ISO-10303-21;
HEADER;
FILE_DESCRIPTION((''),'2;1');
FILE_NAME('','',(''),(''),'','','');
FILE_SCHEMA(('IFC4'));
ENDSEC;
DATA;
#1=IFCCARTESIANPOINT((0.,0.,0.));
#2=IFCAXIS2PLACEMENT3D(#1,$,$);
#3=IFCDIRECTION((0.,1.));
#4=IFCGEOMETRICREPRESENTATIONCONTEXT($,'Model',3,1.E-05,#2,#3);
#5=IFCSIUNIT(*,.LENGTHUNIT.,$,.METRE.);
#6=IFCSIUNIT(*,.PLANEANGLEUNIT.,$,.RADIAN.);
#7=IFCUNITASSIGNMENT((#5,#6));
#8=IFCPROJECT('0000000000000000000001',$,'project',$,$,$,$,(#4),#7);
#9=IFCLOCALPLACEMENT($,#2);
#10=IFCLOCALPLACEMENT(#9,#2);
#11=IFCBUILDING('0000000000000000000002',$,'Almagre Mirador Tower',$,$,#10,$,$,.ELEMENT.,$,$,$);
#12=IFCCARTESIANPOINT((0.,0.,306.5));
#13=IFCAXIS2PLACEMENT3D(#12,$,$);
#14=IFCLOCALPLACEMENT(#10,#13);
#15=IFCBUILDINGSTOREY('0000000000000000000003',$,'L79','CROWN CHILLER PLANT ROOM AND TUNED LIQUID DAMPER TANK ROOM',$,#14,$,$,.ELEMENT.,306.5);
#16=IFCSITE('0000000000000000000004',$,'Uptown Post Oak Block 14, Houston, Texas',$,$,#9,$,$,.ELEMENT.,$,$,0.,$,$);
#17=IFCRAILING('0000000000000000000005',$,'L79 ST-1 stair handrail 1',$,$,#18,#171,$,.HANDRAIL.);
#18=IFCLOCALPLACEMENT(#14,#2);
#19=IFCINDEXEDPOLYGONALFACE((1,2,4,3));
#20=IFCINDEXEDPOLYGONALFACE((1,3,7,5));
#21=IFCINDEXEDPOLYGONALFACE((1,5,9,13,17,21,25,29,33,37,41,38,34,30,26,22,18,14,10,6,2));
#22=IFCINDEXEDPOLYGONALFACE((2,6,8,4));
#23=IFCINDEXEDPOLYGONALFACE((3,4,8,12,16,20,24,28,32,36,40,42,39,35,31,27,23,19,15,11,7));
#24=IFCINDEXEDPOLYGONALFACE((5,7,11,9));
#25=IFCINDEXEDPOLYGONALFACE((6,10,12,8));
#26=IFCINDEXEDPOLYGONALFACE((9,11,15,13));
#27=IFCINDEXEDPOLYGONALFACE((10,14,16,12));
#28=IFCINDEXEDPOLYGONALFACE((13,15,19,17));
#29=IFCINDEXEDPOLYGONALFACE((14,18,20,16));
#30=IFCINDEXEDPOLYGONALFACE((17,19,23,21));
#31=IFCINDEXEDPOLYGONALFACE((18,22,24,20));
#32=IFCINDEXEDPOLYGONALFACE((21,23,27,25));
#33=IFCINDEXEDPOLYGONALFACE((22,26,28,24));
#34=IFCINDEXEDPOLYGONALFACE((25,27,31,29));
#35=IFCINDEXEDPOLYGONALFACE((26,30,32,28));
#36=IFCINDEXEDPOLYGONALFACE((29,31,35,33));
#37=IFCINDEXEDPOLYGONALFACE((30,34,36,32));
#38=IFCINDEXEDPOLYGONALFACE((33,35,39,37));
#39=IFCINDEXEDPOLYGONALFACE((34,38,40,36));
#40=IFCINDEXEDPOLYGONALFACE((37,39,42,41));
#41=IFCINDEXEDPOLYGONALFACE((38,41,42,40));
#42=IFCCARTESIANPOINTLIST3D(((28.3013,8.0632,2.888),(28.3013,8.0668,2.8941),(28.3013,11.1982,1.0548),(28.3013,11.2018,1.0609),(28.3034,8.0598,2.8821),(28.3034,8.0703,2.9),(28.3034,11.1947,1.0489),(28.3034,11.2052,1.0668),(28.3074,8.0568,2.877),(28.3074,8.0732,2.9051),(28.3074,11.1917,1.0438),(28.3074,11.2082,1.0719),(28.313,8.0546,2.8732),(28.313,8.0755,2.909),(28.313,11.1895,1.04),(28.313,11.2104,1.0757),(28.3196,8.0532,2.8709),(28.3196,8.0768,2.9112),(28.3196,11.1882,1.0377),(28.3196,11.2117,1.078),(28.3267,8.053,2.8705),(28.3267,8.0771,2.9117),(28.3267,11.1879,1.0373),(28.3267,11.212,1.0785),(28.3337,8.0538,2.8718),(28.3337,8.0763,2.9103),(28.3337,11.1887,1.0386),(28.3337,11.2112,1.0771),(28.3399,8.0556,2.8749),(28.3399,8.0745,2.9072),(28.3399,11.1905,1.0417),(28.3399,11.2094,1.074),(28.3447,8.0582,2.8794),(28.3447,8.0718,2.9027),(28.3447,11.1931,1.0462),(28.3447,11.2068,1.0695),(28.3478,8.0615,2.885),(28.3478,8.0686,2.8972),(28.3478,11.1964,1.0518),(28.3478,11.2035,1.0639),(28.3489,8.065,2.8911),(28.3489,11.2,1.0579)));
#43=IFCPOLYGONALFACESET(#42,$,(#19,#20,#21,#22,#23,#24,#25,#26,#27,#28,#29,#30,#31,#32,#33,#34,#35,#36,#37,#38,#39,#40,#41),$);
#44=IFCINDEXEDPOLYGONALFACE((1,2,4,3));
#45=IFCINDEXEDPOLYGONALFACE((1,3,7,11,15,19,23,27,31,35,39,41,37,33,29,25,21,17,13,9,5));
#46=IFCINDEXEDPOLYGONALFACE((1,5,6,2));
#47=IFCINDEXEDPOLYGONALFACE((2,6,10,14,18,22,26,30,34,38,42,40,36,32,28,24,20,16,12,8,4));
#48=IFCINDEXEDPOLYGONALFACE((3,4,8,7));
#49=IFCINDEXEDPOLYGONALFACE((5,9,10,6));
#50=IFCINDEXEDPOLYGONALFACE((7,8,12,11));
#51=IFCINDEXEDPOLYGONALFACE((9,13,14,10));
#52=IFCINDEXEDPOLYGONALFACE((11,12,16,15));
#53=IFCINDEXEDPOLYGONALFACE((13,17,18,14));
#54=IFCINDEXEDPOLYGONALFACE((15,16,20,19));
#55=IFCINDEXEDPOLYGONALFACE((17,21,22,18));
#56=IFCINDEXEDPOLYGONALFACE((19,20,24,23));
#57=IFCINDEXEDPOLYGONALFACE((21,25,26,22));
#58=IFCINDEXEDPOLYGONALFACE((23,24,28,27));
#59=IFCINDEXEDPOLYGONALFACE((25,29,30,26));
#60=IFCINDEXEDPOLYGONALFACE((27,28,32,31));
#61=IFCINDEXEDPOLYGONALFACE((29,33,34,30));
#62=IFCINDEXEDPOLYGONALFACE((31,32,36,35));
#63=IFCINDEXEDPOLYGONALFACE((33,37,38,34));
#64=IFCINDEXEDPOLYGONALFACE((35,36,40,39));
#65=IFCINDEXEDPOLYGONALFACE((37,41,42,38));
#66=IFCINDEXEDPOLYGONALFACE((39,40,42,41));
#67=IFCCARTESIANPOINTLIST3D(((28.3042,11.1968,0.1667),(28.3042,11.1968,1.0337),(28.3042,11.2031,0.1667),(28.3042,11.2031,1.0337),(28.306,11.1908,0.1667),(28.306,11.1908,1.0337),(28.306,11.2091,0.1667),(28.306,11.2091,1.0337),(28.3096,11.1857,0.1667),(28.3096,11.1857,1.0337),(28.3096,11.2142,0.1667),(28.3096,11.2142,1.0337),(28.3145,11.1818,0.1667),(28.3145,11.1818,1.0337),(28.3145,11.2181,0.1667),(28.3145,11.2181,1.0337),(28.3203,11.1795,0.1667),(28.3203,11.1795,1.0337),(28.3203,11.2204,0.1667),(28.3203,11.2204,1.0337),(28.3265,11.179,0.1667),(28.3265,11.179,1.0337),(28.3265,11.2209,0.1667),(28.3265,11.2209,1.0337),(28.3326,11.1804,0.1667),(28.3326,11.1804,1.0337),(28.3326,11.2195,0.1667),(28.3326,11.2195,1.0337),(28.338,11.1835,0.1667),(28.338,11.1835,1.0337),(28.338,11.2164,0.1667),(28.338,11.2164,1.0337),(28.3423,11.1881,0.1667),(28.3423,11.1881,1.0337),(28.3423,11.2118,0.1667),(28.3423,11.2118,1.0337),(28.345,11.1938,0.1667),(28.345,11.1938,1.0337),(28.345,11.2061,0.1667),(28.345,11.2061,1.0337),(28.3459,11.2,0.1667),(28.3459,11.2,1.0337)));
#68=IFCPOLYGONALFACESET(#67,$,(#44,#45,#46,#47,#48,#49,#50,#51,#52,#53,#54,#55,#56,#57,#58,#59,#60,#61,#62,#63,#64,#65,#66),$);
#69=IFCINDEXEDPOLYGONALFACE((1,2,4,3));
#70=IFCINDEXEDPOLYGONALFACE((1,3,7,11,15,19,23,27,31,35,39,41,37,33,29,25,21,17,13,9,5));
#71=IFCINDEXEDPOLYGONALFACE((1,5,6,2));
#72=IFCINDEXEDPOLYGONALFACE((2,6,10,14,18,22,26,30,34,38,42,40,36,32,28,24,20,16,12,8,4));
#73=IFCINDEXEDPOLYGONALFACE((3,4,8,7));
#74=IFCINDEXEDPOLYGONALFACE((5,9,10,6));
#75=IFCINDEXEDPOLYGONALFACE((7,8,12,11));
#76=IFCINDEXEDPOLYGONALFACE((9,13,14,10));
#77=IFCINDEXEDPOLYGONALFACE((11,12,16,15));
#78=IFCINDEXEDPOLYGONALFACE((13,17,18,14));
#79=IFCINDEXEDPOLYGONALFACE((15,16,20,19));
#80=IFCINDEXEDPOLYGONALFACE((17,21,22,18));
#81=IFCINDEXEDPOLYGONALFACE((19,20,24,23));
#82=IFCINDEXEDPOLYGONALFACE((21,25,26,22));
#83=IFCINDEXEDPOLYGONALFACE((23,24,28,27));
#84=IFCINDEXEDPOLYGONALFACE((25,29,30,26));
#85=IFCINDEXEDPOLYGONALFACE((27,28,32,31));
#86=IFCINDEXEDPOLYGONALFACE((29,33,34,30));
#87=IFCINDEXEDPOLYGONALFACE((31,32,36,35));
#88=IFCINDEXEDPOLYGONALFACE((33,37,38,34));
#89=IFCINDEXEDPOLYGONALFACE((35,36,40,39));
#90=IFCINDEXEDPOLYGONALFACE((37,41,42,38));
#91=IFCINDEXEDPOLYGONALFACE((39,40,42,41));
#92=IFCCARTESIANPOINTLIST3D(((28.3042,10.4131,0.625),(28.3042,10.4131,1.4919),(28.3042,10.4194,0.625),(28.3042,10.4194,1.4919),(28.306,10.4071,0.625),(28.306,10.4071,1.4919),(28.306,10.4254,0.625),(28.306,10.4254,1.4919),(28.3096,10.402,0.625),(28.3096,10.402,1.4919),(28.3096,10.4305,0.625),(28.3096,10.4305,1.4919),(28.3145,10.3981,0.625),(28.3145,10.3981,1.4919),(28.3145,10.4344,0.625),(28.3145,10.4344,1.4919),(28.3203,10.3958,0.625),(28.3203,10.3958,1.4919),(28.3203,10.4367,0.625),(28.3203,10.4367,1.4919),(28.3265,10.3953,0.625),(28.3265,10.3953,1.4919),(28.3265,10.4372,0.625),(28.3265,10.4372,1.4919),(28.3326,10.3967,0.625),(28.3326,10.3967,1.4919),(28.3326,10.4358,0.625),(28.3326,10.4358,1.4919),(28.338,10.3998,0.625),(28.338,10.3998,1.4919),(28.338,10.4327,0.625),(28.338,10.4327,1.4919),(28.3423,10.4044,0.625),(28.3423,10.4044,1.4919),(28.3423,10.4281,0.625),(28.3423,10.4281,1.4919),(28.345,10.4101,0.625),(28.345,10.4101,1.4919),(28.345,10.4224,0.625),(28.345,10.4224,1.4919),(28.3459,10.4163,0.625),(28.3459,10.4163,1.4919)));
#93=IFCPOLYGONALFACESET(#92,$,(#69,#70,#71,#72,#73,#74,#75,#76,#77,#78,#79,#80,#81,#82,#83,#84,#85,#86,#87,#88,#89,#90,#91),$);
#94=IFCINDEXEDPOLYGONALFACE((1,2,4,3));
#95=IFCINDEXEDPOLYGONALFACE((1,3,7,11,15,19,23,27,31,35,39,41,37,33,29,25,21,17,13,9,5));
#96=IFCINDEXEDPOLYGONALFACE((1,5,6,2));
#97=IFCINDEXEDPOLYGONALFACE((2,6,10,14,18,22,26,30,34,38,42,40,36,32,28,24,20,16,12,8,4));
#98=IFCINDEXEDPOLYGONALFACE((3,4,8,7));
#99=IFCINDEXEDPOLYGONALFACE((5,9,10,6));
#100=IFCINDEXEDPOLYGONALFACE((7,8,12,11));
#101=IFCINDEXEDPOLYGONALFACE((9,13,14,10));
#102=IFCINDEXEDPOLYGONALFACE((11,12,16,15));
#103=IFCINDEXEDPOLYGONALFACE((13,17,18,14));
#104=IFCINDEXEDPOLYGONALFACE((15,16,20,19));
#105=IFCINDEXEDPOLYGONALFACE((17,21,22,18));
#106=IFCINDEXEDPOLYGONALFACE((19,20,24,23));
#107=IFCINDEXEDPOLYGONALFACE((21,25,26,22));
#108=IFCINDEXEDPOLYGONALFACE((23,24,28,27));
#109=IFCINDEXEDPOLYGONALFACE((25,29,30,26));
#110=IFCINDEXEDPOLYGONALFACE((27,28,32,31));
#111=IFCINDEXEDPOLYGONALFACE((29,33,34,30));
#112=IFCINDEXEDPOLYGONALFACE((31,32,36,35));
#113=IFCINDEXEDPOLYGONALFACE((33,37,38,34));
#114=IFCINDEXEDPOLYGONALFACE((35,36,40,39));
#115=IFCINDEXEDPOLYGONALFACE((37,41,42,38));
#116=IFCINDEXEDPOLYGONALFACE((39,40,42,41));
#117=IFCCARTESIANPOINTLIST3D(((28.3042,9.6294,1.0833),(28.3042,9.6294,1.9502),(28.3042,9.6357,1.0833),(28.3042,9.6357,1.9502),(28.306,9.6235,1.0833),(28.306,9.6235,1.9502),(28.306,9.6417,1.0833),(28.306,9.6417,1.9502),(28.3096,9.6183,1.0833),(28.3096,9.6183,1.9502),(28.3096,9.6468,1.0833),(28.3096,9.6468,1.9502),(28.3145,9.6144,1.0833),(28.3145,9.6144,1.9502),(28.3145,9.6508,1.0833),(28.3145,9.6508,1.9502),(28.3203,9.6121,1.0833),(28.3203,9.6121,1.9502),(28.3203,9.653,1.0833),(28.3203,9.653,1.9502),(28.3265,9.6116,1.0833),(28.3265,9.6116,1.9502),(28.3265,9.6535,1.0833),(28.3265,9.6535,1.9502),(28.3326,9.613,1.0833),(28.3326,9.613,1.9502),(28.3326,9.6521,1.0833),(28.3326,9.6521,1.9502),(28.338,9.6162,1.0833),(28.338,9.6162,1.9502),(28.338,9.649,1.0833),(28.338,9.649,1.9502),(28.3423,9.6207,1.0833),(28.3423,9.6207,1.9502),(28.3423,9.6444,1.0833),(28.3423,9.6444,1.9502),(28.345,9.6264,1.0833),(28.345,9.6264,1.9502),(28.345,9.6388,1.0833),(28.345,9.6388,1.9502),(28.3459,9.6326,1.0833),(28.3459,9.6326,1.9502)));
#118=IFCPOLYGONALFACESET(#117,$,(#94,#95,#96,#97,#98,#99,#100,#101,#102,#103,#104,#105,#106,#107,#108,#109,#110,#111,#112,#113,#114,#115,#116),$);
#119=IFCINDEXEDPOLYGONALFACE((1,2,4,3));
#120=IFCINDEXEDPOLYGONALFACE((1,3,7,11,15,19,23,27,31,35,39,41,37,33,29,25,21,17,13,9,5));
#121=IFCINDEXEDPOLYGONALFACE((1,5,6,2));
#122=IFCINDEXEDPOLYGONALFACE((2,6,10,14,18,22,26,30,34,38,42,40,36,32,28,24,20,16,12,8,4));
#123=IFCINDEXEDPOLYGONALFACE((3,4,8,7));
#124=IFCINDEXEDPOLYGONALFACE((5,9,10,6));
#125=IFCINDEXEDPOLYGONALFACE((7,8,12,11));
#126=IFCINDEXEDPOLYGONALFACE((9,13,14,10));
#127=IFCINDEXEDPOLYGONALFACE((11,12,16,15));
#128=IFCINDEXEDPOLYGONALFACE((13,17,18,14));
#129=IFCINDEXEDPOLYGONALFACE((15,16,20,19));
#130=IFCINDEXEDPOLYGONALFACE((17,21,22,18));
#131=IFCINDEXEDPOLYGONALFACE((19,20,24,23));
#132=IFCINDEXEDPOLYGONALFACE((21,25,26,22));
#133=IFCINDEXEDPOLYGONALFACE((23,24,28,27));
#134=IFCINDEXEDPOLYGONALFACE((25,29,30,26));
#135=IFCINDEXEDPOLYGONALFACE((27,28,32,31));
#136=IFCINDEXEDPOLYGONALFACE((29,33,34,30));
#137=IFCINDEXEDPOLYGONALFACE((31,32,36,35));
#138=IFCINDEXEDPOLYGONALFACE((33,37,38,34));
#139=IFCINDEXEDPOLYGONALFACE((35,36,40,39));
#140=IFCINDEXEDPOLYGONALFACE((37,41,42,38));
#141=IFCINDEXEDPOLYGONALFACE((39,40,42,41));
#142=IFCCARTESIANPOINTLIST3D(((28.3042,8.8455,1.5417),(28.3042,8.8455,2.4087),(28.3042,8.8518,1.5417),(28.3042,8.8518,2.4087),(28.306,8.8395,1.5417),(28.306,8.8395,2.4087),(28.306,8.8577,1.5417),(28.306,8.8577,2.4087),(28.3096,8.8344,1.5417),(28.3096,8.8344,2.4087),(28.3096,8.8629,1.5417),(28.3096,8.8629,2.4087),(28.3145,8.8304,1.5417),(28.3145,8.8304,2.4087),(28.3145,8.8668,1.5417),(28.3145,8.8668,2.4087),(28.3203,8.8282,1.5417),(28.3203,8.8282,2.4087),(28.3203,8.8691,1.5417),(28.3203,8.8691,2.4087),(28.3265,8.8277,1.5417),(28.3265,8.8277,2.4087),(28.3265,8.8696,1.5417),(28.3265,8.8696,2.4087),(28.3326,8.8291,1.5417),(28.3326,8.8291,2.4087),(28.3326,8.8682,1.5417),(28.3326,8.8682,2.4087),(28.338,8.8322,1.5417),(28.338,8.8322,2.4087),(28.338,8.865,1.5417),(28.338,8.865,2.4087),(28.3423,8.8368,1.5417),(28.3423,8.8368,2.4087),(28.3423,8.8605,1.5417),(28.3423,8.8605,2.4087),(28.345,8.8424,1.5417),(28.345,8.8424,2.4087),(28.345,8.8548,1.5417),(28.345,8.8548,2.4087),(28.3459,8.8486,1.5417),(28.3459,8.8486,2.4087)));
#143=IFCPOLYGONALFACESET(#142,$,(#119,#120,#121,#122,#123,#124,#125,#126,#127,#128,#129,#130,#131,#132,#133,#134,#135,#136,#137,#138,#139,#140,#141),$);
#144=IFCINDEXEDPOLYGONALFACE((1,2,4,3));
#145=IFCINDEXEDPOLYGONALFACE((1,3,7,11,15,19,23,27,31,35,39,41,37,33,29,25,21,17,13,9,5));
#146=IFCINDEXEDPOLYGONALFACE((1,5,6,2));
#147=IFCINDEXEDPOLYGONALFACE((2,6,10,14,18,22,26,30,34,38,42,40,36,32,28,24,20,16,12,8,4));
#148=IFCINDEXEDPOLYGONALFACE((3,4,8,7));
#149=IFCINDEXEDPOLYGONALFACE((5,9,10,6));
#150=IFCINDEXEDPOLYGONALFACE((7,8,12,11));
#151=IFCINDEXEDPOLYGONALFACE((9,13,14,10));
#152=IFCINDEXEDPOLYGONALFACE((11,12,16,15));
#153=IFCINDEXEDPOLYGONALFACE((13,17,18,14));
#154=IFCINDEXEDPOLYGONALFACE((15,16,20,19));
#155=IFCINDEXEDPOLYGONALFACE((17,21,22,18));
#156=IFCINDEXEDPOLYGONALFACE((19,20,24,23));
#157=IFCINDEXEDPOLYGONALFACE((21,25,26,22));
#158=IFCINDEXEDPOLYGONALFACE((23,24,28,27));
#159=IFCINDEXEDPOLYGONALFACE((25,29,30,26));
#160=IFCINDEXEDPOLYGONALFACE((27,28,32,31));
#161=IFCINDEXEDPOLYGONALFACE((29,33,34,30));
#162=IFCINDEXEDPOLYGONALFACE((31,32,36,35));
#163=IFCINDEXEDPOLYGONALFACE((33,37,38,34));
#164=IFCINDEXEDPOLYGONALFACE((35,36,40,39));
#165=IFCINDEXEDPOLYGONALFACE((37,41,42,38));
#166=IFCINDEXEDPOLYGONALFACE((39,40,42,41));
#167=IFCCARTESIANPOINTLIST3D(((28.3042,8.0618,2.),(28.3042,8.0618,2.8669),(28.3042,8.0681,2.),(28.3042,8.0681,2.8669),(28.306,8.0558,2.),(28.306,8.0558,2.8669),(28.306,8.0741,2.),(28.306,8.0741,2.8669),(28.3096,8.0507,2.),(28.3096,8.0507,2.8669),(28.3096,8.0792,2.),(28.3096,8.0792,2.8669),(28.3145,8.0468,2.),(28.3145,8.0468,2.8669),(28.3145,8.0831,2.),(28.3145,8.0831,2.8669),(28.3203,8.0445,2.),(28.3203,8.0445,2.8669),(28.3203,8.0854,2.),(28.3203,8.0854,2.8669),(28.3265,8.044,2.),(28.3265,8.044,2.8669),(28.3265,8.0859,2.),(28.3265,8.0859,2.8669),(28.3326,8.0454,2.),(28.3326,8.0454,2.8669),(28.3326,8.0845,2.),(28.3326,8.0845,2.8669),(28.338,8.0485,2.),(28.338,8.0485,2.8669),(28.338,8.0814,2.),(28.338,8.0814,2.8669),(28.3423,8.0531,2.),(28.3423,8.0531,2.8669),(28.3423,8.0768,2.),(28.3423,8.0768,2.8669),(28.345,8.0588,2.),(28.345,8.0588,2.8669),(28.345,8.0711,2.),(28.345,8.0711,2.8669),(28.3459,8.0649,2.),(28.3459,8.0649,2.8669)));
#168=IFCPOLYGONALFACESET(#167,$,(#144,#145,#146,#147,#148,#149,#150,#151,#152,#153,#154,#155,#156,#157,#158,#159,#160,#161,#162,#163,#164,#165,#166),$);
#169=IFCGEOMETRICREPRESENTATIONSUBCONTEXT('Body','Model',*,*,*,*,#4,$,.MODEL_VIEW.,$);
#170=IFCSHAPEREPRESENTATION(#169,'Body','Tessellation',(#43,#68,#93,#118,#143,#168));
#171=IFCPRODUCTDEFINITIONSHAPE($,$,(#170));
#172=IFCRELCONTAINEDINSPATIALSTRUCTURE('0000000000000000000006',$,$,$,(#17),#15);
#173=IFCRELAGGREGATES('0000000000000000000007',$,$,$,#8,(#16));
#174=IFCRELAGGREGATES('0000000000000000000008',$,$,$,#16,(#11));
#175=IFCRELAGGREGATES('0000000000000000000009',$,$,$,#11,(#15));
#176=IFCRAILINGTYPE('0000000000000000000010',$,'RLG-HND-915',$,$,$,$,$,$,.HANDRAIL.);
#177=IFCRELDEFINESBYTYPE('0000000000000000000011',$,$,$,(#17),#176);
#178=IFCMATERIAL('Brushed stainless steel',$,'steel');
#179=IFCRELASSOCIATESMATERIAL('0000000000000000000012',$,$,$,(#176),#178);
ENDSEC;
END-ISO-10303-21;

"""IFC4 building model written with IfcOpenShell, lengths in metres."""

from ifc_helpers import new_model, si_unit, direction, frame, origin, origin_2d, place, context, subcontext, project, spatial, circle, extrude, material, type_object, element, save


model = new_model("IFC4")

# Units and contexts
model_context = context("Model", 3, precision=1e-05, world=origin(), true_north=direction((0.0, 1.0)))
body_context = subcontext(model_context, "Body", "Model", "MODEL_VIEW")
ifc_project = project(units=[si_unit("LENGTHUNIT", "METRE"), si_unit("PLANEANGLEUNIT", "RADIAN")], contexts=[model_context])

# Site, building, storey
site_placement = place(None, origin())
site = spatial("IfcSite", under=ifc_project, at=site_placement, Name="Uptown Post Oak Block 14, Houston, Texas", CompositionType="ELEMENT", RefElevation=0.0)
building_placement = place(site_placement, origin())
building = spatial("IfcBuilding", under=site, at=building_placement, Name="Almagre Mirador Tower", CompositionType="ELEMENT")
storey_placement = place(building_placement, frame((0.0, 0.0, 306.5)))
storey = spatial("IfcBuildingStorey", under=building, at=storey_placement, Name="L79", Description="CROWN CHILLER PLANT ROOM AND TUNED LIQUID DAMPER TANK ROOM", CompositionType="ELEMENT", Elevation=306.5)

# Railing
ifc_material_1 = material(Name="Brushed stainless steel", Category="steel")
railing_type_1 = type_object("IfcRailingType", Name="RLG-HND-915", PredefinedType="HANDRAIL", material=ifc_material_1)
railing_1_placement = place(storey_placement, frame((28.325, 11.2, 0.1667)))
element("IfcRailing", 1, at=railing_1_placement, inside=storey, type_object=railing_type_1, Name="L79 ST-1 stair handrail 1", PredefinedType="HANDRAIL", context=body_context, shape_type="SweptSolid", body=[
    extrude(circle(Radius=0.0239, at=origin_2d()), frame((0.0, 0.0, 0.8911), z_axis=(0.0, -0.86324, 0.504794), x_axis=(1.0, 0.0, 0.0)), (0.0, 0.0, 1.0), 3.6316),
    extrude(circle(Radius=0.021, at=origin_2d()), origin(), (0.0, 0.0, 1.0), 0.8669),
    extrude(circle(Radius=0.021, at=origin_2d()), frame((0.0, -0.7837, 0.4583)), (0.0, 0.0, 1.0), 0.8669),
    extrude(circle(Radius=0.021, at=origin_2d()), frame((0.0, -1.5674, 0.9165)), (0.0, 0.0, 1.0), 0.8669),
    extrude(circle(Radius=0.021, at=origin_2d()), frame((0.0, -2.3513, 1.375)), (0.0, 0.0, 1.0), 0.8669),
    extrude(circle(Radius=0.021, at=origin_2d()), frame((0.0, -3.135, 1.8333)), (0.0, 0.0, 1.0), 0.8669),
])

save(model, "model.ifc")
